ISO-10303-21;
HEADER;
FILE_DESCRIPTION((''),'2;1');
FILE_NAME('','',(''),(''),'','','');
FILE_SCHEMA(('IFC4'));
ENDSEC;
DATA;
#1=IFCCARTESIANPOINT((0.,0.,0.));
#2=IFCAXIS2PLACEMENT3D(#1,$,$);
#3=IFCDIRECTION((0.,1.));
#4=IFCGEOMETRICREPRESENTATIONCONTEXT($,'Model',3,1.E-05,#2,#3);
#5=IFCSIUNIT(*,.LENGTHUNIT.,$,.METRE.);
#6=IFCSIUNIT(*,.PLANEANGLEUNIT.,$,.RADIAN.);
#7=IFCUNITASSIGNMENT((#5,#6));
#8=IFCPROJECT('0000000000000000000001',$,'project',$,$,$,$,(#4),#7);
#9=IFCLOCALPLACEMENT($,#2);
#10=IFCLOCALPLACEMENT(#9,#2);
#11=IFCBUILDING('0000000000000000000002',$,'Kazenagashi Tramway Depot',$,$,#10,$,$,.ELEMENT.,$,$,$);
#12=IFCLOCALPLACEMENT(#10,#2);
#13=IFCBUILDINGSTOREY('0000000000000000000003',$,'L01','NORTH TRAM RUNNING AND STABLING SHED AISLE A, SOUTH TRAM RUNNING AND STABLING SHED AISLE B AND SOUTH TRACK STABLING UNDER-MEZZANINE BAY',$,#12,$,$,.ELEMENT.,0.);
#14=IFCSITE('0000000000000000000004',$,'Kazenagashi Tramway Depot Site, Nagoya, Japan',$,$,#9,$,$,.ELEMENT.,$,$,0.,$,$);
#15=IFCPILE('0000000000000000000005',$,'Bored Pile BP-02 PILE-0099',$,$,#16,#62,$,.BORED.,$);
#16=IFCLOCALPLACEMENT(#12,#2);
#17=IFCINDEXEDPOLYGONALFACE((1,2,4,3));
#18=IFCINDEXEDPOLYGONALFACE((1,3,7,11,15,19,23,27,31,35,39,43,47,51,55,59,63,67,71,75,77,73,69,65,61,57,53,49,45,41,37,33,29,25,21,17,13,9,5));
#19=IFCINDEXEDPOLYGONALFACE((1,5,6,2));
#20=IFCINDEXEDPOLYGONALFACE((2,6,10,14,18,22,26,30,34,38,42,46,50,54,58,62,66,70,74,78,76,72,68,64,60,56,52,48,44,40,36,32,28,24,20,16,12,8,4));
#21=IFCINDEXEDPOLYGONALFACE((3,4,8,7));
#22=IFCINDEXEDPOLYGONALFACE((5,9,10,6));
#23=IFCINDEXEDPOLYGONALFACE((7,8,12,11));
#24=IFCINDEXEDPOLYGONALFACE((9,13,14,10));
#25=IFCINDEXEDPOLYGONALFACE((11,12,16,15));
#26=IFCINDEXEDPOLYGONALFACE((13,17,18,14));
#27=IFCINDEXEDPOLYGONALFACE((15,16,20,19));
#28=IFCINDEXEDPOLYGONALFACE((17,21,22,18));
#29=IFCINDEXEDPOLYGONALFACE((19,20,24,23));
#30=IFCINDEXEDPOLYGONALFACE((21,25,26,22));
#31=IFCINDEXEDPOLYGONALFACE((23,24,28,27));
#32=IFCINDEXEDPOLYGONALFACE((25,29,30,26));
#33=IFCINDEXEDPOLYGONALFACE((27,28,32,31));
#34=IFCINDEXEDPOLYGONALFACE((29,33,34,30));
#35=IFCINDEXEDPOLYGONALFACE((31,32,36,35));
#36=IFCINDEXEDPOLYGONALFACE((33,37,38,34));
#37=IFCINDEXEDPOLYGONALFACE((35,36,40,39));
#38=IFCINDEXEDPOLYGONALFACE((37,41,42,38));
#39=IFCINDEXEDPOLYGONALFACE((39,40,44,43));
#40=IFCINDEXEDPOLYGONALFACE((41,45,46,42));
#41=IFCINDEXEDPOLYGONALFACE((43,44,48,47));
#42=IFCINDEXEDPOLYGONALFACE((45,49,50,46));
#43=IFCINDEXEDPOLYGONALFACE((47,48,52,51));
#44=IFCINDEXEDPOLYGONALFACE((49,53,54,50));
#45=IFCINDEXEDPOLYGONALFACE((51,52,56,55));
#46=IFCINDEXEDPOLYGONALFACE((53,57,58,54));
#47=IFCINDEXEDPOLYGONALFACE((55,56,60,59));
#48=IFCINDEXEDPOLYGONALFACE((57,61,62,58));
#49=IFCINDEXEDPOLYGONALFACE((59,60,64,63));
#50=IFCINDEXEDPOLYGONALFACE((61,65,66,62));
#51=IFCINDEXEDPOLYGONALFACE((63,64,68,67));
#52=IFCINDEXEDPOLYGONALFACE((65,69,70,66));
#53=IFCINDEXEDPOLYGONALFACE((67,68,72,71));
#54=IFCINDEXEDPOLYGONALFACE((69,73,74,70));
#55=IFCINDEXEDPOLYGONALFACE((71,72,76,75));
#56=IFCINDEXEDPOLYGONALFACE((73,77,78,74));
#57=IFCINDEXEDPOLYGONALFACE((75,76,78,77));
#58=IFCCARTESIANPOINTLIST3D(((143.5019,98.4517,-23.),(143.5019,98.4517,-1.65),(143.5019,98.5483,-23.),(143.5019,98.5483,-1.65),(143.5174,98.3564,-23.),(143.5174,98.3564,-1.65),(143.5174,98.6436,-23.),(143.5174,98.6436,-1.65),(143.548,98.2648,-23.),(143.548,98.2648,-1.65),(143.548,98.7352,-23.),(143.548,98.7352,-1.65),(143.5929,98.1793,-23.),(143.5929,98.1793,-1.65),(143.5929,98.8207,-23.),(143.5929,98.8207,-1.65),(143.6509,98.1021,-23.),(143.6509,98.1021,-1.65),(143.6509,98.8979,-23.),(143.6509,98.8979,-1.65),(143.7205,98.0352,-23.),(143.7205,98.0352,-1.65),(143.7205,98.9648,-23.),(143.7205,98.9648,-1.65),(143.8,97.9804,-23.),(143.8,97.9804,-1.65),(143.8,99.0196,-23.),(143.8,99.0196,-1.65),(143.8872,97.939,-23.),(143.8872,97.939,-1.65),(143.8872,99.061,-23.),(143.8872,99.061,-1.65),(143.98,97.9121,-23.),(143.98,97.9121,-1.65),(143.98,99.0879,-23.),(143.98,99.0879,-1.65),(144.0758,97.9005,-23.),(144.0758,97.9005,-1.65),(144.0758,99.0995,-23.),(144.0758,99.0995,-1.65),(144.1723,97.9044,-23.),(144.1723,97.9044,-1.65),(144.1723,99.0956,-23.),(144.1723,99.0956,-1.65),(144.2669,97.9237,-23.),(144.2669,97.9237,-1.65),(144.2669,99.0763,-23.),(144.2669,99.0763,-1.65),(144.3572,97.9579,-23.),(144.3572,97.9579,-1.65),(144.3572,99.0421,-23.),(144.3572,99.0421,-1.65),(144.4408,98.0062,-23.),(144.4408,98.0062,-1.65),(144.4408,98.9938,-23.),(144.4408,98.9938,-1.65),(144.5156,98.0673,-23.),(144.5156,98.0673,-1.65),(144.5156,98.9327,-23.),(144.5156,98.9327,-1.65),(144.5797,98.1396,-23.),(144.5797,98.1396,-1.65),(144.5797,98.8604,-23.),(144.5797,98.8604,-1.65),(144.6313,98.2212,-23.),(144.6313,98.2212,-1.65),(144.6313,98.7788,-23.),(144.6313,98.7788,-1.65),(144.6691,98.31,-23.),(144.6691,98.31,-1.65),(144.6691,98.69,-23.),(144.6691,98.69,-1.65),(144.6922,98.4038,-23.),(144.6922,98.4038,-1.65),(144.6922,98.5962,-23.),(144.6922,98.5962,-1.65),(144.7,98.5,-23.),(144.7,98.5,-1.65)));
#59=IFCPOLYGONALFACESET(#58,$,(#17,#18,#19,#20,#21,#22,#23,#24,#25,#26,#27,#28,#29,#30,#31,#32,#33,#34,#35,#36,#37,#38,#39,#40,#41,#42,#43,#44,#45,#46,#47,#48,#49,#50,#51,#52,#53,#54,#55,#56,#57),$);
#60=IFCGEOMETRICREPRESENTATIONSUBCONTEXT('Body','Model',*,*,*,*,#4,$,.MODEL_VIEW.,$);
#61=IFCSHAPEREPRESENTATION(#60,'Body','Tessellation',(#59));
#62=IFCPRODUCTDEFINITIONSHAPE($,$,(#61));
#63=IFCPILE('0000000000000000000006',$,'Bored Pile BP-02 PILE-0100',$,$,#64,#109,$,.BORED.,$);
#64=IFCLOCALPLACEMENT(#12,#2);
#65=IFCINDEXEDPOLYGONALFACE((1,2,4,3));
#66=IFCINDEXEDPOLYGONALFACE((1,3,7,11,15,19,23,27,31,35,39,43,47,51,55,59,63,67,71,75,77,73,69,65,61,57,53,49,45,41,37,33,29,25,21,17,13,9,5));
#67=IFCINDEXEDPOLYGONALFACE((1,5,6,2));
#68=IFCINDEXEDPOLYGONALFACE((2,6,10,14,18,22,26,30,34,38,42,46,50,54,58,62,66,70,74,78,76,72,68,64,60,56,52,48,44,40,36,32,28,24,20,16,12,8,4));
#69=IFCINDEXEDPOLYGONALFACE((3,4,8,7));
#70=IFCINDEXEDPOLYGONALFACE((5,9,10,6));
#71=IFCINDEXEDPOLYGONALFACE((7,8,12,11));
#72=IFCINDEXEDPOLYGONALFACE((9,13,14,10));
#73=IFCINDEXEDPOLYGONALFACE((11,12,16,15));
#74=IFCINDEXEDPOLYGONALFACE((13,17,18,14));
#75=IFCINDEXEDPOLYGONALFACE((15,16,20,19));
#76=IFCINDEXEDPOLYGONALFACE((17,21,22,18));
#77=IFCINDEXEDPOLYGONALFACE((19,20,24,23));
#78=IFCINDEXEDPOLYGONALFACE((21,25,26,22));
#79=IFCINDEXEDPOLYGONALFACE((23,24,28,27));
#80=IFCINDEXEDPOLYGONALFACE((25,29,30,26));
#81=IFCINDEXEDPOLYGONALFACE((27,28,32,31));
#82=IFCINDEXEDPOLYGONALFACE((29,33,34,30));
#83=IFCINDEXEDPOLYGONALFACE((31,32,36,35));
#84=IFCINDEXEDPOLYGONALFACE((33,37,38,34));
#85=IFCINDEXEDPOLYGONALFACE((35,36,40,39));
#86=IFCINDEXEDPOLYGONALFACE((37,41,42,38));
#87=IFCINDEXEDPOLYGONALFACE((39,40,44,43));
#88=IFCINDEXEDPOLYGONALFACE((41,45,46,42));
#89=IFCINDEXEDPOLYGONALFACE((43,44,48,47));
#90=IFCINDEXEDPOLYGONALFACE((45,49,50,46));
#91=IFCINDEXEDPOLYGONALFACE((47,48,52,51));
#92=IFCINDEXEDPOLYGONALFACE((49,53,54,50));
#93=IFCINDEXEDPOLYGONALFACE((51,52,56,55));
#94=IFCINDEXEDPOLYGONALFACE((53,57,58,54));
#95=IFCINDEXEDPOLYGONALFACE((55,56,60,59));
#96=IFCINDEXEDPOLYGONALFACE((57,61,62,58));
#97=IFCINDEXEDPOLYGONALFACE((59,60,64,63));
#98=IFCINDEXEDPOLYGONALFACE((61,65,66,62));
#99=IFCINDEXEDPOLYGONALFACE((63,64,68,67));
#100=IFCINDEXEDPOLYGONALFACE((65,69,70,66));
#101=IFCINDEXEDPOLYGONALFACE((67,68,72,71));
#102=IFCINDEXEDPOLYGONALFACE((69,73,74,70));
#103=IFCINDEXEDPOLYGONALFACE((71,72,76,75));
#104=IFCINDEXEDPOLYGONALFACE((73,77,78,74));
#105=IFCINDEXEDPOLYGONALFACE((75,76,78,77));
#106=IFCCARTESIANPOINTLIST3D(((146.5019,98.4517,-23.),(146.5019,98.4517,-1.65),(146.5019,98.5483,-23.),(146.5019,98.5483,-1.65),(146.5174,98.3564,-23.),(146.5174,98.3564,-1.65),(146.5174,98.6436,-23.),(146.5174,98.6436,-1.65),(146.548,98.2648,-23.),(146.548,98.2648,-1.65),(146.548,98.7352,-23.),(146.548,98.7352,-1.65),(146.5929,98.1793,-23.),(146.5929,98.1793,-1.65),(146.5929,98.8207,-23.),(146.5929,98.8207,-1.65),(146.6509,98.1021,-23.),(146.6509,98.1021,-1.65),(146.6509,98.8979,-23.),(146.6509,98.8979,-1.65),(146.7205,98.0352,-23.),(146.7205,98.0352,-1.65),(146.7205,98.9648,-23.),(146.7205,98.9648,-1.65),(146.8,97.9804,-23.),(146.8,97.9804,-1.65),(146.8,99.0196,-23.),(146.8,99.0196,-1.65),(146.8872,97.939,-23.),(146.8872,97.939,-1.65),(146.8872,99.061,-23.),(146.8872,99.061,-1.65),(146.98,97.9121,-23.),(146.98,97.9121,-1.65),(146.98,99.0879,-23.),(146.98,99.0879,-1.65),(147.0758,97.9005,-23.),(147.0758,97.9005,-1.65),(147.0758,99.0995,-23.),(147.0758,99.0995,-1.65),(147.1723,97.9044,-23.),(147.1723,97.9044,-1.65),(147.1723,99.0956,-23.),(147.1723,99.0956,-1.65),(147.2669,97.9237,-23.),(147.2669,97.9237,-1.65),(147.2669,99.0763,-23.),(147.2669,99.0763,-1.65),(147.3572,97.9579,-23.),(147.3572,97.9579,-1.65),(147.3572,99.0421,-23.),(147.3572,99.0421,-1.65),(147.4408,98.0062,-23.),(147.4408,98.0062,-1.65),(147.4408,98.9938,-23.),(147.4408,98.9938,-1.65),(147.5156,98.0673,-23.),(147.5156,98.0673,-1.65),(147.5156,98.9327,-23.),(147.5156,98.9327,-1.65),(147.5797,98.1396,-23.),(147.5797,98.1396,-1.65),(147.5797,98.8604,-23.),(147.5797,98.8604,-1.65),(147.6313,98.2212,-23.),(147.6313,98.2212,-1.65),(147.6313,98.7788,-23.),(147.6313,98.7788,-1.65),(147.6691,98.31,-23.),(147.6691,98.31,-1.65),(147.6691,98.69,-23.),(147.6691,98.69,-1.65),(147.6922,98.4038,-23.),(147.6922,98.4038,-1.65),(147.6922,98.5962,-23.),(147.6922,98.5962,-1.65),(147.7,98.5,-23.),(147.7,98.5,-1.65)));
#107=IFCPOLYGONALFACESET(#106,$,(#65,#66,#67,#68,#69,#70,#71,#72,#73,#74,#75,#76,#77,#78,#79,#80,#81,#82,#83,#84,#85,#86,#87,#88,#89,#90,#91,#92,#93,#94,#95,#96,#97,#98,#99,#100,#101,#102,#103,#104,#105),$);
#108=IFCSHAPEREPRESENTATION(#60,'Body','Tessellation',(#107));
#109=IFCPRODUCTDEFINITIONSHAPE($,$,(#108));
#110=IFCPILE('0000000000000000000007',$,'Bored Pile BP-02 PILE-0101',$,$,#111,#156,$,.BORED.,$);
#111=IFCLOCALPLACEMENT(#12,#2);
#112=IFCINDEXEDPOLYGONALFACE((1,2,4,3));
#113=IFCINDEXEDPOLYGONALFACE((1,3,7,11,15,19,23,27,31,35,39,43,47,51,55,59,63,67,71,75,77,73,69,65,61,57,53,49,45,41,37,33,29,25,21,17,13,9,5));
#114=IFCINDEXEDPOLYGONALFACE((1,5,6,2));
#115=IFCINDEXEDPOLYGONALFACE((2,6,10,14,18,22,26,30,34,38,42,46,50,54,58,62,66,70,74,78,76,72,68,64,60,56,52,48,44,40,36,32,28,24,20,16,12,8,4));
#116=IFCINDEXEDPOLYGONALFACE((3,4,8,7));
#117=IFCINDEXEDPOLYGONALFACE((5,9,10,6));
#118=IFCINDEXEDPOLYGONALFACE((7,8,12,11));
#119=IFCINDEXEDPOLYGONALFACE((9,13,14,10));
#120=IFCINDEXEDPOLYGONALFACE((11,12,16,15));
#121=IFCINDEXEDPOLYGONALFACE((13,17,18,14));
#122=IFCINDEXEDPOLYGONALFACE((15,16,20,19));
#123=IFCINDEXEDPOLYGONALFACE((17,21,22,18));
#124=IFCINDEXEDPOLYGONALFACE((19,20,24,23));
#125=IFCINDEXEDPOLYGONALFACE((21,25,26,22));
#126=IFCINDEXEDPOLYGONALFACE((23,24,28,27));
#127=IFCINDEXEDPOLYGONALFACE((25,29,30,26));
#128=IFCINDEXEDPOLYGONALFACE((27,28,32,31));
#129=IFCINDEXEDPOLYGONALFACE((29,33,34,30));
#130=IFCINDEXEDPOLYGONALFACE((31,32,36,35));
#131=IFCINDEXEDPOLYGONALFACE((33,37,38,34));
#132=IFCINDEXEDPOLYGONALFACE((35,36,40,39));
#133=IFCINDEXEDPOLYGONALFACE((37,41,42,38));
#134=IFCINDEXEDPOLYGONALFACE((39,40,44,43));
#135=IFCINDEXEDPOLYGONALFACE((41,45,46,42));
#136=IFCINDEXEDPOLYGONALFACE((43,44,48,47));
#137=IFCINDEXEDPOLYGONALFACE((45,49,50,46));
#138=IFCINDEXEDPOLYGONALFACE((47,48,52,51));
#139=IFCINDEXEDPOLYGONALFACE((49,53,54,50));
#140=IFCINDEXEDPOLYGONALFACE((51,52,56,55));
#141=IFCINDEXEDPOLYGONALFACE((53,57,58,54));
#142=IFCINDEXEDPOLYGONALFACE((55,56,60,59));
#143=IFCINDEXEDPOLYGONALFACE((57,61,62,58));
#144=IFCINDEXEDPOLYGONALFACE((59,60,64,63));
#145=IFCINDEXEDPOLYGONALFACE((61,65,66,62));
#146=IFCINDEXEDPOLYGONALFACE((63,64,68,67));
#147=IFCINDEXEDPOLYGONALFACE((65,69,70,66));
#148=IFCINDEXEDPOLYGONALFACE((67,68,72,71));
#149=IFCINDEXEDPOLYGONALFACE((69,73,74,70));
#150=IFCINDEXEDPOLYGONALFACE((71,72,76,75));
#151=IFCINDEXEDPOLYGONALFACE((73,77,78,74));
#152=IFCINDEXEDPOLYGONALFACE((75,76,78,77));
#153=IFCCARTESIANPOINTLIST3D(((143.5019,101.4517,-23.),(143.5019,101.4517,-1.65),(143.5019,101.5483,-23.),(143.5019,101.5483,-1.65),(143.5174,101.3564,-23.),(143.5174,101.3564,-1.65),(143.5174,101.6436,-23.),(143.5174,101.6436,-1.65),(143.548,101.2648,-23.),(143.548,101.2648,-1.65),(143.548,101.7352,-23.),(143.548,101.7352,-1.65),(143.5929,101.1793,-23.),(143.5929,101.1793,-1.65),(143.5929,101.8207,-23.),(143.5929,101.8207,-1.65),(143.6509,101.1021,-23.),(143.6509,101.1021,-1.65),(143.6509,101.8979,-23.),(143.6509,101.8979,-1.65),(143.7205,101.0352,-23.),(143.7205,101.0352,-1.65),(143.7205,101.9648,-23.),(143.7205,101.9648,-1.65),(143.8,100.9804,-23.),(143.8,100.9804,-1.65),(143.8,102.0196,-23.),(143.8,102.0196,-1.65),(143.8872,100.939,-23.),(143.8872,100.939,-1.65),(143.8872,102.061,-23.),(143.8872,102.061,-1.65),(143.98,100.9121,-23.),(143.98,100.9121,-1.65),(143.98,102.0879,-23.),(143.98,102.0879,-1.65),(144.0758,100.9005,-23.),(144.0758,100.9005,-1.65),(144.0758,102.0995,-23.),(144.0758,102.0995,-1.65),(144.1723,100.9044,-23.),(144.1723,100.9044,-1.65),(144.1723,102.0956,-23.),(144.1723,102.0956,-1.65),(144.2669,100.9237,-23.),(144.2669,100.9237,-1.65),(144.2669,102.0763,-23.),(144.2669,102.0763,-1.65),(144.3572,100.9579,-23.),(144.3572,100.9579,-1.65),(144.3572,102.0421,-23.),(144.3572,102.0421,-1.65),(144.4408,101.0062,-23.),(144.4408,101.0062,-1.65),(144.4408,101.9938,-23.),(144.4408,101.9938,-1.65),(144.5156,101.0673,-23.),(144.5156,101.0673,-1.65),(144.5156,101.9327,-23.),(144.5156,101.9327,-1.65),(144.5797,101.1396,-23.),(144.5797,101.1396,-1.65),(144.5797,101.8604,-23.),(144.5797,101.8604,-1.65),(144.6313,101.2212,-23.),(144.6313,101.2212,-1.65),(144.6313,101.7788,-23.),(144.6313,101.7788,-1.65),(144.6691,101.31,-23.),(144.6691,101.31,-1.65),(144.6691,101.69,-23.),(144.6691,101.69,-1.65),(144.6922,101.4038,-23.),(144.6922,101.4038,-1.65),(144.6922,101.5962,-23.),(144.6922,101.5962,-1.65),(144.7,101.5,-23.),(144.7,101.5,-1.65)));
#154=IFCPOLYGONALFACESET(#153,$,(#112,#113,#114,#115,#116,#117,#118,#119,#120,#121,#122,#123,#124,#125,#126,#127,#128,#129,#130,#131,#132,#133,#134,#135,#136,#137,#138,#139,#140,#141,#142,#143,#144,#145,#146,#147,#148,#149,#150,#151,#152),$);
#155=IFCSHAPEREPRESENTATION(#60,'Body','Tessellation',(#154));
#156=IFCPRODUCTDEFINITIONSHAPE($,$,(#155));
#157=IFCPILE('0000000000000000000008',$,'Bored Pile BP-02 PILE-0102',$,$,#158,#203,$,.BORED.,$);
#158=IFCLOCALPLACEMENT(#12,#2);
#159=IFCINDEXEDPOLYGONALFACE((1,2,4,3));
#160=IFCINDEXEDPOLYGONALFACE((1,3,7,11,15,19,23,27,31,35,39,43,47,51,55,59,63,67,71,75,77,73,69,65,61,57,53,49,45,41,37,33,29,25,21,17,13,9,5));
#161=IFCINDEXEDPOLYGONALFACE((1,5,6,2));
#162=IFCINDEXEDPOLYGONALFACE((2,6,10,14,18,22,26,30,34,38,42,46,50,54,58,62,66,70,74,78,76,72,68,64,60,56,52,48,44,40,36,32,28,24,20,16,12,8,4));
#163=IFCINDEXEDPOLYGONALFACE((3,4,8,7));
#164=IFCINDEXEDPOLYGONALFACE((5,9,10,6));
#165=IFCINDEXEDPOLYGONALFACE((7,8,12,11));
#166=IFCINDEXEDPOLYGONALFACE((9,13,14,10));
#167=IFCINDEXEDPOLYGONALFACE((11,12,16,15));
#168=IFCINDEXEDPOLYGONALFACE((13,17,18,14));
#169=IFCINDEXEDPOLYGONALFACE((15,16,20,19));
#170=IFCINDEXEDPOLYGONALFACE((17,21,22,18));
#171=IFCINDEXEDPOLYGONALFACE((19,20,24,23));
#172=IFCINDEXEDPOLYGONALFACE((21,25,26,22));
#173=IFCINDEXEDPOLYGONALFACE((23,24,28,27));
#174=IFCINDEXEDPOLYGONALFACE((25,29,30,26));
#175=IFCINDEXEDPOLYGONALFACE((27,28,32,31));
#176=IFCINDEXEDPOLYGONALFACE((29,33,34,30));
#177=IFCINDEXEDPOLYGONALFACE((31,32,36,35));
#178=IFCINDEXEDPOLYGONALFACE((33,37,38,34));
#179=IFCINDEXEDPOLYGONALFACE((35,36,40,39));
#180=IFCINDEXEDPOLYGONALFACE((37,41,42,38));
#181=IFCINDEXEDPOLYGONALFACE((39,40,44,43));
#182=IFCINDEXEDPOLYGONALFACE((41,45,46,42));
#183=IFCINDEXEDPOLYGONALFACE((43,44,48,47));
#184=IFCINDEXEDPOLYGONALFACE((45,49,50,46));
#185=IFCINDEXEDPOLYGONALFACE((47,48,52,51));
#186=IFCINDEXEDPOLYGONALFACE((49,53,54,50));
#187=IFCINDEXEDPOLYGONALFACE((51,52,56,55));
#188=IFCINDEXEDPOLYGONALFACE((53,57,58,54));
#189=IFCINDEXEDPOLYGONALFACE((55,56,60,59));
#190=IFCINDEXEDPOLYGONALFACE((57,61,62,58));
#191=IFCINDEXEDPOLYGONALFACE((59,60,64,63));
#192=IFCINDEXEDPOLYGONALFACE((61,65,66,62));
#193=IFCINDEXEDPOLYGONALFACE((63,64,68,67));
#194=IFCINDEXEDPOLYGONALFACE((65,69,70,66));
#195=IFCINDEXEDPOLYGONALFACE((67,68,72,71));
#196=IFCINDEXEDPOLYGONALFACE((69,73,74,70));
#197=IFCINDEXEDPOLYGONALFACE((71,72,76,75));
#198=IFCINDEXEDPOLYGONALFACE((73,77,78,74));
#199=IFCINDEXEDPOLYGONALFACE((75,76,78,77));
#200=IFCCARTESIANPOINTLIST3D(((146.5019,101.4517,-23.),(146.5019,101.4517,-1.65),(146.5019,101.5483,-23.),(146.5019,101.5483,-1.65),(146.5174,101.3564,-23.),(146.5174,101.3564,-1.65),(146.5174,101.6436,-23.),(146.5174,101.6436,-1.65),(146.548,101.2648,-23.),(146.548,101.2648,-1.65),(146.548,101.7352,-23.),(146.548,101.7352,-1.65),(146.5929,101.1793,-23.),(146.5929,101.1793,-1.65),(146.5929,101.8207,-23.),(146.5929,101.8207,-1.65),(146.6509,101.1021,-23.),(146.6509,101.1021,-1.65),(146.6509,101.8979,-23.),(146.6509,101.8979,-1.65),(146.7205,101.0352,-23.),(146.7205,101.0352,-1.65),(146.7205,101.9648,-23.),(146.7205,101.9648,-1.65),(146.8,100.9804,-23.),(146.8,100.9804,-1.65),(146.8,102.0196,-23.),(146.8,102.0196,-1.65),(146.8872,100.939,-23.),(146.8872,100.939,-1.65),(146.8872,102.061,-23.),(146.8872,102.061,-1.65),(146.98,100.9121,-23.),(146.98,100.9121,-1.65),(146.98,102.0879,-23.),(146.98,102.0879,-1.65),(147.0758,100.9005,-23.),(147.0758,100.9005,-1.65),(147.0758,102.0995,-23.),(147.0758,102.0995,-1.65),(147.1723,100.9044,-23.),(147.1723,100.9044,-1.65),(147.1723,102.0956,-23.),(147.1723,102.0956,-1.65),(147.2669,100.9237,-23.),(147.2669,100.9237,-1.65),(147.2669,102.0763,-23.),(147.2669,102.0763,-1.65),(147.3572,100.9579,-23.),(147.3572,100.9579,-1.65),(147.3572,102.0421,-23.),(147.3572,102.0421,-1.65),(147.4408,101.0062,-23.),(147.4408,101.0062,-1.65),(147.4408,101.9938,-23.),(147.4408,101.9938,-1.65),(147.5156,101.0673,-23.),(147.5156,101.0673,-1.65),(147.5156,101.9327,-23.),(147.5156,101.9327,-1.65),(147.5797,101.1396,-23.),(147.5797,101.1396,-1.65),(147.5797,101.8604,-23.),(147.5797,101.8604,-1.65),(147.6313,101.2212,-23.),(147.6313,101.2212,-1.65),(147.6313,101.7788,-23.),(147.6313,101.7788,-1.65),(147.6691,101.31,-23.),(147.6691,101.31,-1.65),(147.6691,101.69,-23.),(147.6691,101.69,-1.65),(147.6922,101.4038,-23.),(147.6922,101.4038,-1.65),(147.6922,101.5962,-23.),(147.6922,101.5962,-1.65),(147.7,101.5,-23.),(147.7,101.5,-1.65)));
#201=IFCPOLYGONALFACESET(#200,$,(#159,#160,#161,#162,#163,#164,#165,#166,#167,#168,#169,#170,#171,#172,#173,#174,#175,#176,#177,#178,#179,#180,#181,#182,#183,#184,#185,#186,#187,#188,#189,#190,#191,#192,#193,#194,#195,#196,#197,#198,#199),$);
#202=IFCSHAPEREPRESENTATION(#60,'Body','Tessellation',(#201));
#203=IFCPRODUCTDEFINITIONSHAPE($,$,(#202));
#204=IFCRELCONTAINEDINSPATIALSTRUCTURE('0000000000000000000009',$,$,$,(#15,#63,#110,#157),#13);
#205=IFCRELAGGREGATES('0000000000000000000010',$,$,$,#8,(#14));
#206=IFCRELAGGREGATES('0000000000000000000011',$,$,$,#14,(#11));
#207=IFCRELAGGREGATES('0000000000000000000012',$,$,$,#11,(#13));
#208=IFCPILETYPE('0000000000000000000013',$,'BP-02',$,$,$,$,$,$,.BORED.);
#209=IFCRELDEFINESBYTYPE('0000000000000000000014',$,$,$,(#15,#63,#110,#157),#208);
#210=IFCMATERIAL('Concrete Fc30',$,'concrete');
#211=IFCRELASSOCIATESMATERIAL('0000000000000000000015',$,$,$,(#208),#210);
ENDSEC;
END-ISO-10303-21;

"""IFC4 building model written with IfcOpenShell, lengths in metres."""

from ifc_helpers import new_model, si_unit, direction, frame, origin, origin_2d, place, context, subcontext, project, spatial, circle, extrude, material, material_profile, profile_set, type_object, element, save


model = new_model("IFC4")

# Units and contexts
model_context = context("Model", 3, precision=1e-05, world=origin(), true_north=direction((0.0, 1.0)))
body_context = subcontext(model_context, "Body", "Model", "MODEL_VIEW")
ifc_project = project(units=[si_unit("LENGTHUNIT", "METRE"), si_unit("PLANEANGLEUNIT", "RADIAN")], contexts=[model_context])

# Site, building, storey
site_placement = place(None, origin())
site = spatial("IfcSite", under=ifc_project, at=site_placement, Name="Kazenagashi Tramway Depot Site, Nagoya, Japan", CompositionType="ELEMENT", RefElevation=0.0)
building_placement = place(site_placement, origin())
building = spatial("IfcBuilding", under=site, at=building_placement, Name="Kazenagashi Tramway Depot", CompositionType="ELEMENT")
storey_placement = place(building_placement, origin())
storey = spatial("IfcBuildingStorey", under=building, at=storey_placement, Name="L01", Description="NORTH TRAM RUNNING AND STABLING SHED AISLE A, SOUTH TRAM RUNNING AND STABLING SHED AISLE B AND SOUTH TRACK STABLING UNDER-MEZZANINE BAY", CompositionType="ELEMENT", Elevation=0.0)

# Piles
ifc_material_1 = material(Name="Concrete Fc30", Category="concrete")
ifc_material_profile_1 = material_profile(ifc_material_1, circle(Radius=0.6, at=origin_2d()), Name="PILE-1200")
ifc_profile_set_1 = profile_set([ifc_material_profile_1], Name="Concrete Fc30")
pile_type = type_object("IfcPileType", Name="BP-02", PredefinedType="BORED", material=ifc_profile_set_1)
for number, where, z_axis, x_axis, name in (
    (1, (144.1, 98.5, -1.65), (0.0, 0.0, -1.0), (1.0, 0.0, 0.0), "Bored Pile BP-02 PILE-0099"),
    (2, (147.1, 98.5, -1.65), (0.0, 0.0, -1.0), (1.0, 0.0, 0.0), "Bored Pile BP-02 PILE-0100"),
    (3, (144.1, 101.5, -1.65), (0.0, 0.0, -1.0), (1.0, 0.0, 0.0), "Bored Pile BP-02 PILE-0101"),
    (4, (147.1, 101.5, -1.65), (0.0, 0.0, -1.0), (1.0, 0.0, 0.0), "Bored Pile BP-02 PILE-0102"),
):
    element("IfcPile", number, at=place(storey_placement, frame(where, z_axis=z_axis, x_axis=x_axis)), inside=storey, type_object=pile_type, Name=name, PredefinedType="BORED", context=body_context, shape_type="SweptSolid", body=[
        extrude(circle(Radius=0.6, at=origin_2d()), origin(), (0.0, 0.0, 1.0), 21.35),
    ])

save(model, "model.ifc")
